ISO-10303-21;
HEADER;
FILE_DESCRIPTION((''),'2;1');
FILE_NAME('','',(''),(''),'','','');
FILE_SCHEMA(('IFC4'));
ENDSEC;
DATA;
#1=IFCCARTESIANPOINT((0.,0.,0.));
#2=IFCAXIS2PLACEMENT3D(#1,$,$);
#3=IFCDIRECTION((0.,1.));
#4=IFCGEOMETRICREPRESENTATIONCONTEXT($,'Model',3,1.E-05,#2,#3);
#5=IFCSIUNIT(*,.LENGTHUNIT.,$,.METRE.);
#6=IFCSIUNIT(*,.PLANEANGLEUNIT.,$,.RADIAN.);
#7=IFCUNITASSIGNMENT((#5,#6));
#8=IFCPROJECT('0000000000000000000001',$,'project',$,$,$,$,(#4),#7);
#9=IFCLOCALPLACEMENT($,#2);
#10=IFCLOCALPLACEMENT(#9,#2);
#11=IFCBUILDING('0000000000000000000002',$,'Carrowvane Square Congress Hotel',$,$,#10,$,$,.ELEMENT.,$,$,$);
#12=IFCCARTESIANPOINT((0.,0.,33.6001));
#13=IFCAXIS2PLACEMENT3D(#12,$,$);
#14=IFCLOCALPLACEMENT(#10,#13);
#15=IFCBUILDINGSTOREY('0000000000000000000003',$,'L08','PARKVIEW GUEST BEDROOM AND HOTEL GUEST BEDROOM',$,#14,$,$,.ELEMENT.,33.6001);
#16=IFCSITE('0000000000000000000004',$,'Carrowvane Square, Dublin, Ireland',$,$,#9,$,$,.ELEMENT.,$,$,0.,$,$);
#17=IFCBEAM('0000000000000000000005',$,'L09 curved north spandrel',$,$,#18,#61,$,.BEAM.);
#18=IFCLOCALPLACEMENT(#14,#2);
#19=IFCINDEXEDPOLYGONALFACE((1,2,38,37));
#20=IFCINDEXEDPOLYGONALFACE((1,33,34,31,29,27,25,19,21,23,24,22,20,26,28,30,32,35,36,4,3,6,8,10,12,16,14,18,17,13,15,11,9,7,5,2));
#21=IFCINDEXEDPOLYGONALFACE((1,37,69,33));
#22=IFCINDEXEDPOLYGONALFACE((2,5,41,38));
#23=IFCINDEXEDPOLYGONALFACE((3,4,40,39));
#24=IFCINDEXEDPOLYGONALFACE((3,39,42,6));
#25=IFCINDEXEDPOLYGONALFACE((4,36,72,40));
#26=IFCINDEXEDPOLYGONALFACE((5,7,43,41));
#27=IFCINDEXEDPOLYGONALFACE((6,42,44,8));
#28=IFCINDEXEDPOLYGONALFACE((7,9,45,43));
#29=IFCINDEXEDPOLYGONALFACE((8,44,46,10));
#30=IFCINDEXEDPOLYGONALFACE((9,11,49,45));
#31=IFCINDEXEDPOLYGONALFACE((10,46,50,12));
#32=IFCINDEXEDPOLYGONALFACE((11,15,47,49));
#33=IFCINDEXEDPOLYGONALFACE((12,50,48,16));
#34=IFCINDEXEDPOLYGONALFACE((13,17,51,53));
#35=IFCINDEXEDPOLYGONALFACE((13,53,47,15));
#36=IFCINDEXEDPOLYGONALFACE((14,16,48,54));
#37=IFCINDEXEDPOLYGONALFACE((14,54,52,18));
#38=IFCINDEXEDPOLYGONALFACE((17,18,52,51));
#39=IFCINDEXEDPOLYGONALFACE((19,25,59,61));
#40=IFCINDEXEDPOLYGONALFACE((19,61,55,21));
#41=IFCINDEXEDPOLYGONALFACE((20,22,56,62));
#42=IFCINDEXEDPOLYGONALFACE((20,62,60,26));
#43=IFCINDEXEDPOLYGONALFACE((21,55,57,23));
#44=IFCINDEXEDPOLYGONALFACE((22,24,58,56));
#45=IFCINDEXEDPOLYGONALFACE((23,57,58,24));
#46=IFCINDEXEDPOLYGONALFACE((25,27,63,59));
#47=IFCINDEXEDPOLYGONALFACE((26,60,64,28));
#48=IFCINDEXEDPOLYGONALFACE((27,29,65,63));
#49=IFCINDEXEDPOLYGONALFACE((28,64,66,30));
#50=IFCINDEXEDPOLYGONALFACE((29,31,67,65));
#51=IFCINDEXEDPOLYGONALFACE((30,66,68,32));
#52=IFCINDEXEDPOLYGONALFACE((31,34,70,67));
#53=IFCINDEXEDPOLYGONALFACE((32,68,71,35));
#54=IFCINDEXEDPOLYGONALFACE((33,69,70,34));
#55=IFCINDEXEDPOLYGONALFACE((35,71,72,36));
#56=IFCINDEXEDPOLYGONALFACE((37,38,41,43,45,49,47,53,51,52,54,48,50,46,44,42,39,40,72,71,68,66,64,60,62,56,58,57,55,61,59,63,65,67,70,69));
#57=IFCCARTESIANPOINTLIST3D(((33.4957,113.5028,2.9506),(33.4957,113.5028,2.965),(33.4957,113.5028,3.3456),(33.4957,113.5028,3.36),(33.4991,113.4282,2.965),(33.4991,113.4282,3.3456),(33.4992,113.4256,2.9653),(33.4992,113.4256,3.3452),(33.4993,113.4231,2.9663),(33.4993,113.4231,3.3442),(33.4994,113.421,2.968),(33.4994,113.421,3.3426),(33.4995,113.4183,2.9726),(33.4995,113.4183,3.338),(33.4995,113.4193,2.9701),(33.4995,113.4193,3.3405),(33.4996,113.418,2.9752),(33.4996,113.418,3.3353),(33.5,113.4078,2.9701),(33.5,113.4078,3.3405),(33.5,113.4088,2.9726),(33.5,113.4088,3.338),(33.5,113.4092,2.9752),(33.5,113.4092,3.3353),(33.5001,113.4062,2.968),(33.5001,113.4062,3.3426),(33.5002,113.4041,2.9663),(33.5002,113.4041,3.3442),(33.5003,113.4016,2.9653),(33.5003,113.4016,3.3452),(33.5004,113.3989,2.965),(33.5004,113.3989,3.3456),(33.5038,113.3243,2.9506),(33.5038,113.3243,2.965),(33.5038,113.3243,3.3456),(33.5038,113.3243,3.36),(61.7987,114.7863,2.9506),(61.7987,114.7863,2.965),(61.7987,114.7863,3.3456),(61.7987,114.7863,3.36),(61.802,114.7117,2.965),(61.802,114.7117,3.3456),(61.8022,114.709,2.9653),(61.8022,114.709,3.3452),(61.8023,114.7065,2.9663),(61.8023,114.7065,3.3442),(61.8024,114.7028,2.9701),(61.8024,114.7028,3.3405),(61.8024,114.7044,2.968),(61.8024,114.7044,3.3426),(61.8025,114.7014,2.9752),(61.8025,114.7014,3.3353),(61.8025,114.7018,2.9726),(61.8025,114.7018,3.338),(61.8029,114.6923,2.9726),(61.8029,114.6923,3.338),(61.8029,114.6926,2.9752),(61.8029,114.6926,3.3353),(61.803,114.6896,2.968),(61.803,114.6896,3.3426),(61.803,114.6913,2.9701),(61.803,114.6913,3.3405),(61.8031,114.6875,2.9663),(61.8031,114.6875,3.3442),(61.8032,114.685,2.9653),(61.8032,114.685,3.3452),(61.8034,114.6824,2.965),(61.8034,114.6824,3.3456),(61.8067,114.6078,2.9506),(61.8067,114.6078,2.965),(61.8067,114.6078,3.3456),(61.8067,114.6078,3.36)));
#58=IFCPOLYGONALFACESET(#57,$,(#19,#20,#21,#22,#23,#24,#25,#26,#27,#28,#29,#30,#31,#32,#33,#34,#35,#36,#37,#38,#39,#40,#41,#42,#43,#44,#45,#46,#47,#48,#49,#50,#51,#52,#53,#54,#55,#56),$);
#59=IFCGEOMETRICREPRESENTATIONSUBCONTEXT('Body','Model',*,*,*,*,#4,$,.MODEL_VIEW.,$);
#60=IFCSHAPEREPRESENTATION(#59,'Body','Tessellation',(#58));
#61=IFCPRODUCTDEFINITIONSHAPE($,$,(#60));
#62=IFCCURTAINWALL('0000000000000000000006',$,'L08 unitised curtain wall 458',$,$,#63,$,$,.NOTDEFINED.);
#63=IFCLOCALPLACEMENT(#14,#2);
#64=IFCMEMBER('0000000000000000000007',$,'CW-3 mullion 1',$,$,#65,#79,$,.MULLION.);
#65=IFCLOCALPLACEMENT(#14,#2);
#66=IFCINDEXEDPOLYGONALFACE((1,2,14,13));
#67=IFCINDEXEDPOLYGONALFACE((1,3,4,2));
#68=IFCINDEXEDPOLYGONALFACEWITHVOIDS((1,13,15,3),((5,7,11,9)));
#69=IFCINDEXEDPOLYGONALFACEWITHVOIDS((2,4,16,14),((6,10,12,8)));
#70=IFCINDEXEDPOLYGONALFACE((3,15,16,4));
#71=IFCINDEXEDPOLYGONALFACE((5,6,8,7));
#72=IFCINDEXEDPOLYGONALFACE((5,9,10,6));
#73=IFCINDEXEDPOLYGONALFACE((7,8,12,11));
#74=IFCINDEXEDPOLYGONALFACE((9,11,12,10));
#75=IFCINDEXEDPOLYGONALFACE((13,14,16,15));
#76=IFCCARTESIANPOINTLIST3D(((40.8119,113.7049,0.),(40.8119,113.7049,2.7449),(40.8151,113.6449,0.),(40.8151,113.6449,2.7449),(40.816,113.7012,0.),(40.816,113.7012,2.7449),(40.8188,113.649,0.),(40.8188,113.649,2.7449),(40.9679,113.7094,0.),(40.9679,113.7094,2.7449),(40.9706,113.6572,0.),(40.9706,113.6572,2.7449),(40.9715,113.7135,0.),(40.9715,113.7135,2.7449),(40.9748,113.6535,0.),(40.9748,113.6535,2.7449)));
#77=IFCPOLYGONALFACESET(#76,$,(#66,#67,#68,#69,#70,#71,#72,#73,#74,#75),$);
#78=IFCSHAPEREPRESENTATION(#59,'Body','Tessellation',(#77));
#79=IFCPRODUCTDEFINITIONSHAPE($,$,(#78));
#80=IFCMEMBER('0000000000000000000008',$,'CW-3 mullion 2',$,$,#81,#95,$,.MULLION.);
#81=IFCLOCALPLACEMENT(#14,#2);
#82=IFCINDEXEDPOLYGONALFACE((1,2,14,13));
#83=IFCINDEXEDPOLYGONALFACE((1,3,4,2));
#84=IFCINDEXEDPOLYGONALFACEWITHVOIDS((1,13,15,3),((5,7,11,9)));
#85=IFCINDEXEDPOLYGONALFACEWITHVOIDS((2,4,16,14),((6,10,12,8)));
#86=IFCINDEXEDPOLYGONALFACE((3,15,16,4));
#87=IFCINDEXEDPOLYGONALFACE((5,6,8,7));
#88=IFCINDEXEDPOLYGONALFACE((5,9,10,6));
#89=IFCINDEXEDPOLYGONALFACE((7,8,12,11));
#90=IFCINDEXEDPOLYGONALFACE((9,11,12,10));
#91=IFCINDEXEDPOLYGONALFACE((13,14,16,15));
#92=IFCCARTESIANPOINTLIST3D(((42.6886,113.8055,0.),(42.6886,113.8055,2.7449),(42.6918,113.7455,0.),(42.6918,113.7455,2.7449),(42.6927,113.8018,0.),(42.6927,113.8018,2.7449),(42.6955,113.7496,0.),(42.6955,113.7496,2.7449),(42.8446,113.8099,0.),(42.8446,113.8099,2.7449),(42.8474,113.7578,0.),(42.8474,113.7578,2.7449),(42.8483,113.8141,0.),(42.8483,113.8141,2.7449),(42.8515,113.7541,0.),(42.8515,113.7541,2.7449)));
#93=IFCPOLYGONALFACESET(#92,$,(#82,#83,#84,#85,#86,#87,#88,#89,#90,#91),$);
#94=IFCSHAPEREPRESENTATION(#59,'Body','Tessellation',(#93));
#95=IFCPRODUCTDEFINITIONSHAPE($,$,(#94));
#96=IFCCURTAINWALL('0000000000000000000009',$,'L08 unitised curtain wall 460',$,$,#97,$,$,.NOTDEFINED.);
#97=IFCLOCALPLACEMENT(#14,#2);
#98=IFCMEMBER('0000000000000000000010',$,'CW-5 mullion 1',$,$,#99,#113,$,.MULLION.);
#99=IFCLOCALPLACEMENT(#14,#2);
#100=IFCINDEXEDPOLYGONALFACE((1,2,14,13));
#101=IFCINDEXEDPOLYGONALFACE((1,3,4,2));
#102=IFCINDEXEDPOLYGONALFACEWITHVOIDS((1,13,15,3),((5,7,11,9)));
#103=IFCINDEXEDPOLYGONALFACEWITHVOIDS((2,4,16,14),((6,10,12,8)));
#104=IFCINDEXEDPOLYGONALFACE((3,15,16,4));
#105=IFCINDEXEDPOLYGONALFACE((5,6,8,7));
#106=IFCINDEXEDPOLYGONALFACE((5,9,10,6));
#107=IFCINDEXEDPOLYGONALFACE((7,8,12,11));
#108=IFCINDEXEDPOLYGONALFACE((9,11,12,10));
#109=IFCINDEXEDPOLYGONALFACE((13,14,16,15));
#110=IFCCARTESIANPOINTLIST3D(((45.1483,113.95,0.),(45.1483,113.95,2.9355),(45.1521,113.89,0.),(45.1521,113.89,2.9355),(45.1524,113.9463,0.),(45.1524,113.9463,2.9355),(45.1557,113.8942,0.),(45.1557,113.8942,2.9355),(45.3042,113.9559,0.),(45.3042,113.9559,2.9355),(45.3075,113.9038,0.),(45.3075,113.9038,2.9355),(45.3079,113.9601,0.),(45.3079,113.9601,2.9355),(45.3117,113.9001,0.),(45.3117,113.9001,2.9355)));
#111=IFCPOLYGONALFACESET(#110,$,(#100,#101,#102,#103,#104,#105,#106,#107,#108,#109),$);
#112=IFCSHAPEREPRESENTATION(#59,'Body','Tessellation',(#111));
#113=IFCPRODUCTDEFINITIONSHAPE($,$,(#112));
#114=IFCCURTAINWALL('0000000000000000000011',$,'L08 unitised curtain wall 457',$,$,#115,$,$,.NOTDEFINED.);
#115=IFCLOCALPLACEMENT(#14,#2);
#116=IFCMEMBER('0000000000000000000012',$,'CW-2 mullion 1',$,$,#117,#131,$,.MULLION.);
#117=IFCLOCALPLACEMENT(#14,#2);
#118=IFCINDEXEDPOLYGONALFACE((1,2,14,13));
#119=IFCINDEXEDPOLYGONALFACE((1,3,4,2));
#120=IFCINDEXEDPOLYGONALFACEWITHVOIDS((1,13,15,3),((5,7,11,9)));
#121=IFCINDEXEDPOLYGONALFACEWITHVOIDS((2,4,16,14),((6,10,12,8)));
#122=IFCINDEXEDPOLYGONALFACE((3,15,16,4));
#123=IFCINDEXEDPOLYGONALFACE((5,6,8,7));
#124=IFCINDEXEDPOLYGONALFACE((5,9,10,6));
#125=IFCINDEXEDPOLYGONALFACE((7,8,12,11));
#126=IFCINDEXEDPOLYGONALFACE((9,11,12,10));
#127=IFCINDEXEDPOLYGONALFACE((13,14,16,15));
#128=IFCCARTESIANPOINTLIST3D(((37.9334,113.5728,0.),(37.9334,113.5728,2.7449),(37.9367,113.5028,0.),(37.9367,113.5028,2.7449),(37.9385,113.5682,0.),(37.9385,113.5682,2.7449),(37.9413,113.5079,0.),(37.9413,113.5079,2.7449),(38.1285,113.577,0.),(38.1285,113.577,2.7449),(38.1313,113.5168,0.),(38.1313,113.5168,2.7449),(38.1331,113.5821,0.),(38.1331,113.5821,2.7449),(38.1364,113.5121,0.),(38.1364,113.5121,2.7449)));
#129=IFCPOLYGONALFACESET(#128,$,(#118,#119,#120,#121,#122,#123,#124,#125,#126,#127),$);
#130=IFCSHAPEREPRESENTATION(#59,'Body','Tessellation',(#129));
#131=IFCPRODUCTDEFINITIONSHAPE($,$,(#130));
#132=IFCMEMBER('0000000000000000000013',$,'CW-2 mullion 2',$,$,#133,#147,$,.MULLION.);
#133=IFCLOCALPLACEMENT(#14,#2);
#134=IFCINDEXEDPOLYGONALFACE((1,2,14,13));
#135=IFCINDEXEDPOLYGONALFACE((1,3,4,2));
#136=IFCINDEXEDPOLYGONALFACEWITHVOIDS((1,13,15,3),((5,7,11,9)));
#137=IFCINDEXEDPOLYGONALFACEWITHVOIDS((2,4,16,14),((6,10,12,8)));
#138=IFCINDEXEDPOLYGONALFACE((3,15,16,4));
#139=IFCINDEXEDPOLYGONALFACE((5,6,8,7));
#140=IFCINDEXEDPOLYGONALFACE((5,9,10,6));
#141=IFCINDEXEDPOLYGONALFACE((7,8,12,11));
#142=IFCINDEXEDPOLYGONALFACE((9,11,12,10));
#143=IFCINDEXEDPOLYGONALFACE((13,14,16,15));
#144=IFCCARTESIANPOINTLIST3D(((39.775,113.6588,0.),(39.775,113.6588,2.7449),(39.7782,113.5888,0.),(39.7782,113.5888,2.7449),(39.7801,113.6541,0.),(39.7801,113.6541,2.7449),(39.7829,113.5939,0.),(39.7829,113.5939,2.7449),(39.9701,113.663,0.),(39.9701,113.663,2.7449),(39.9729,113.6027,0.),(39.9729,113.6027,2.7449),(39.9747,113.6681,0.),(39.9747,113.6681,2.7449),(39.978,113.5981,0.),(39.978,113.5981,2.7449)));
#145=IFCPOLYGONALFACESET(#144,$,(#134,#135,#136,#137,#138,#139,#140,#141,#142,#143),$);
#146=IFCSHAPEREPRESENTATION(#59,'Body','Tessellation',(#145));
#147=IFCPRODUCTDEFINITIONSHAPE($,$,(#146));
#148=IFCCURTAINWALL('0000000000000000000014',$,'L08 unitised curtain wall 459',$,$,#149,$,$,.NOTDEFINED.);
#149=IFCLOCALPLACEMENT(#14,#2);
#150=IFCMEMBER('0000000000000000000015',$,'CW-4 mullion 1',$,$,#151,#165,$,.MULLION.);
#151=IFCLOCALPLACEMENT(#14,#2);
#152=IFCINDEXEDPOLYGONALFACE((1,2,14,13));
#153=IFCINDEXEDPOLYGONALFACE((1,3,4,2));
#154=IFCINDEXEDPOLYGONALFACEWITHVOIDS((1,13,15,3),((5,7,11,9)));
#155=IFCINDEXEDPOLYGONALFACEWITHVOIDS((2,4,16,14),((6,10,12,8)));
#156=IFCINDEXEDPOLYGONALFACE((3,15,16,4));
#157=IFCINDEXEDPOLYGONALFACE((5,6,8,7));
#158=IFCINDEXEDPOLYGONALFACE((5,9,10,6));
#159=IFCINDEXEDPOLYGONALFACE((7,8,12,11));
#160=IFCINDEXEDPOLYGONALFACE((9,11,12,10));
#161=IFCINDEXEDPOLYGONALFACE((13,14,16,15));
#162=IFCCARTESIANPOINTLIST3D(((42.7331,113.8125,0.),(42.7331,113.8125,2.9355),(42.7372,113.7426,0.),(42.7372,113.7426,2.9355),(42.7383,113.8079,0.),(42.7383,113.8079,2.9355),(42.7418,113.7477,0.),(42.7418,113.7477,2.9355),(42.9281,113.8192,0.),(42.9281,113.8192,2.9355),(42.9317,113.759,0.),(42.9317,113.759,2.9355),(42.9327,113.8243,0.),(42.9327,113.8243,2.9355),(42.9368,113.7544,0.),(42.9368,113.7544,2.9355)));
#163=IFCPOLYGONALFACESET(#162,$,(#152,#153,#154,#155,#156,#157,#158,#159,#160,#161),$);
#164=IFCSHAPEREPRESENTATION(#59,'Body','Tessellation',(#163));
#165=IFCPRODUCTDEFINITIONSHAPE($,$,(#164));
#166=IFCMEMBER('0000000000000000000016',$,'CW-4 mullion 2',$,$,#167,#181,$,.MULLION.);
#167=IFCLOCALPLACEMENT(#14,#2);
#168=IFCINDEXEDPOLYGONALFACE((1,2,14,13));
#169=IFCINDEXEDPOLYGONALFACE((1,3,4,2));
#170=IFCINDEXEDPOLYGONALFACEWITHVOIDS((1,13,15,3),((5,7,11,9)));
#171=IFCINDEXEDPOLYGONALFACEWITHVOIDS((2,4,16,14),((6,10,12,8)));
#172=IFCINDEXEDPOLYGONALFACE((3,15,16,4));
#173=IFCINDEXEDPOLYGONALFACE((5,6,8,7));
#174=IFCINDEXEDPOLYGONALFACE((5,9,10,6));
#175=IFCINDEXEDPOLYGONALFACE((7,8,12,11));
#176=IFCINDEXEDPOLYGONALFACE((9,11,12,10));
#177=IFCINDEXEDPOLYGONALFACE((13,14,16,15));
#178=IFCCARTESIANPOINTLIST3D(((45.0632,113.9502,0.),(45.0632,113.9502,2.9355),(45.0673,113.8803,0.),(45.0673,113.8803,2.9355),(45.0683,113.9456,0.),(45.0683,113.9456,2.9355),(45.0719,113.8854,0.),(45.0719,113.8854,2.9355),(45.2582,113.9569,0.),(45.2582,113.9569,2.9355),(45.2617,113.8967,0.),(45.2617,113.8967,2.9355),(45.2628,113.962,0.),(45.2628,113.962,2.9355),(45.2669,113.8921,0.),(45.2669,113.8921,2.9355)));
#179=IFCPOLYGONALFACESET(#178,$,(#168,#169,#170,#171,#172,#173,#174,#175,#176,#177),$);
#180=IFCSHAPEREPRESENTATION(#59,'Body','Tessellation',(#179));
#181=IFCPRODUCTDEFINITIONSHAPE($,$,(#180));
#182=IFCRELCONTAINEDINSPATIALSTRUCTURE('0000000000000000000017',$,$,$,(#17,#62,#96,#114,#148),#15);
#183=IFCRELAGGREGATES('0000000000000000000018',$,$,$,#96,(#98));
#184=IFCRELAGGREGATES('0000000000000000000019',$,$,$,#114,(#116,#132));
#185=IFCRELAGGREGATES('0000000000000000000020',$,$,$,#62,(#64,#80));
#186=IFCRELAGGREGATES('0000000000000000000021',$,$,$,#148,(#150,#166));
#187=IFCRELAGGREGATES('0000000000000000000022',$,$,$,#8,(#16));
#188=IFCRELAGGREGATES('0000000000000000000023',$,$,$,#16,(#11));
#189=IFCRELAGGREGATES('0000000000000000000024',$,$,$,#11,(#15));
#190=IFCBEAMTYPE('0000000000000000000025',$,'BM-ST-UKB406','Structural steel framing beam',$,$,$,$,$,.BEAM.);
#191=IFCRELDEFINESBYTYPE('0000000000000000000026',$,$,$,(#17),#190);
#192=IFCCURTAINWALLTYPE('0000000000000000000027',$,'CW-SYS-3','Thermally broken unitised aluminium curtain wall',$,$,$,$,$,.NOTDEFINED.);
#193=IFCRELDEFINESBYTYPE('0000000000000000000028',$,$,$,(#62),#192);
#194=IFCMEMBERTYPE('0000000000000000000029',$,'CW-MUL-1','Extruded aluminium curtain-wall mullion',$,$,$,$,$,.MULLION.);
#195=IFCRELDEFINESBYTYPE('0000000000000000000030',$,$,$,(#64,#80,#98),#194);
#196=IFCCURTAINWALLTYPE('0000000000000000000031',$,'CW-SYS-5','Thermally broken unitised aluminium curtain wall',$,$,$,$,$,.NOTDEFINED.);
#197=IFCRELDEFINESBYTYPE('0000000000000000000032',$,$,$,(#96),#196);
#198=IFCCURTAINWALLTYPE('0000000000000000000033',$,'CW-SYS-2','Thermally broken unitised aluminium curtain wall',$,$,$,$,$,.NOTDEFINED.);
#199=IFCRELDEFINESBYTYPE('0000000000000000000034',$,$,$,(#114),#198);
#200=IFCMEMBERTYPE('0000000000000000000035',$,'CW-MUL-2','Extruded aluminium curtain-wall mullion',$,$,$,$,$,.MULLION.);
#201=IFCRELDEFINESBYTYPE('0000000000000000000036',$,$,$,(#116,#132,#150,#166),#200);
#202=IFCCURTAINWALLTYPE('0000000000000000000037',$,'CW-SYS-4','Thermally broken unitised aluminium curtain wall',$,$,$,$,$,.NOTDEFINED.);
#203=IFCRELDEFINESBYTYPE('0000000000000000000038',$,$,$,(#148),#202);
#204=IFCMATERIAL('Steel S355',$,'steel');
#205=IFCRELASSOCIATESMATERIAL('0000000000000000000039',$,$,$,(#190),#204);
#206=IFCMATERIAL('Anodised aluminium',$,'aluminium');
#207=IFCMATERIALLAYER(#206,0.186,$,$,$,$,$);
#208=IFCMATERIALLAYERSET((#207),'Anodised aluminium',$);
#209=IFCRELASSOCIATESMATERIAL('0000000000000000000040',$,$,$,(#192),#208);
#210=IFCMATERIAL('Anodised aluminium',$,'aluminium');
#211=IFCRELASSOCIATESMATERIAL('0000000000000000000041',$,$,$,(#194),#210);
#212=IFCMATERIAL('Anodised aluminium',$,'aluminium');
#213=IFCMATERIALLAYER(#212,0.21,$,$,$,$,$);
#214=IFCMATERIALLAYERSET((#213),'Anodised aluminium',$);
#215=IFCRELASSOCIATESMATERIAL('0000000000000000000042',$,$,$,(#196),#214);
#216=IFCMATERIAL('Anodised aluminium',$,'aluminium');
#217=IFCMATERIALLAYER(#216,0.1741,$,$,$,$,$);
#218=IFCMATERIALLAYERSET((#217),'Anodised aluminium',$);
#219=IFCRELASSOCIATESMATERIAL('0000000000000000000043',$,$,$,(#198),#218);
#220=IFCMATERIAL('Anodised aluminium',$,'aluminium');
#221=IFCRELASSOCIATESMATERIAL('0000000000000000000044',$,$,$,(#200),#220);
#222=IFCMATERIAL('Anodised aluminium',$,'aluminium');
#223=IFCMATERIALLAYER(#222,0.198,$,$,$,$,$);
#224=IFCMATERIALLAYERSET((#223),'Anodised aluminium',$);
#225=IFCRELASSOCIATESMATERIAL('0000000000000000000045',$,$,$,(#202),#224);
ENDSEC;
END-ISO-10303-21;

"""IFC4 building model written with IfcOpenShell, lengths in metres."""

from ifc_helpers import new_model, si_unit, direction, frame, origin, origin_2d, place, context, subcontext, project, spatial, hollow_rectangle, i_section, extrude, material, layer, layer_set, material_profile, profile_set, type_object, element, aggregate, save


model = new_model("IFC4")

# Units and contexts
model_context = context("Model", 3, precision=1e-05, world=origin(), true_north=direction((0.0, 1.0)))
body_context = subcontext(model_context, "Body", "Model", "MODEL_VIEW")
ifc_project = project(units=[si_unit("LENGTHUNIT", "METRE"), si_unit("PLANEANGLEUNIT", "RADIAN")], contexts=[model_context])

# Site, building, storey
site_placement = place(None, origin())
site = spatial("IfcSite", under=ifc_project, at=site_placement, Name="Carrowvane Square, Dublin, Ireland", CompositionType="ELEMENT", RefElevation=0.0)
building_placement = place(site_placement, origin())
building = spatial("IfcBuilding", under=site, at=building_placement, Name="Carrowvane Square Congress Hotel", CompositionType="ELEMENT")
storey_placement = place(building_placement, frame((0.0, 0.0, 33.6001)))
storey = spatial("IfcBuildingStorey", under=building, at=storey_placement, Name="L08", Description="PARKVIEW GUEST BEDROOM AND HOTEL GUEST BEDROOM", CompositionType="ELEMENT", Elevation=33.6001)

# Beam
ifc_material_1 = material(Name="Steel S355", Category="steel")
ifc_material_profile_1 = material_profile(ifc_material_1, i_section(OverallWidth=0.1787, OverallDepth=0.4094, WebThickness=0.0088, FlangeThickness=0.0144, FilletRadius=0.0103, at=origin_2d()), Name="UKB 406x178x67")
ifc_profile_set_1 = profile_set([ifc_material_profile_1], Name="Steel S355")
beam_type = type_object("IfcBeamType", Name="BM-ST-UKB406", Description="Structural steel framing beam", PredefinedType="BEAM", material=ifc_profile_set_1)
beam_placement = place(storey_placement, frame((33.4998, 113.4136, 3.1553), z_axis=(0.998973, 0.0453, 0.0), x_axis=(-0.0453, 0.998973, 0.0)))
element("IfcBeam", 1, at=beam_placement, inside=storey, type_object=beam_type, Name="L09 curved north spandrel", PredefinedType="BEAM", context=body_context, shape_type="SweptSolid", body=[
    extrude(i_section(OverallWidth=0.1787, OverallDepth=0.4094, WebThickness=0.0088, FlangeThickness=0.0144, FilletRadius=0.0103, at=origin_2d()), origin(), (0.0, 0.0, 1.0), 28.332),
])

# Curtain wall, members
ifc_material_2 = material(Name="Anodised aluminium", Category="aluminium")
ifc_layer_1 = layer(ifc_material_2, 0.186)
ifc_layer_set_1 = layer_set([ifc_layer_1], Name="Anodised aluminium")
curtain_wall_type_1 = type_object("IfcCurtainWallType", Name="CW-SYS-3", Description="Thermally broken unitised aluminium curtain wall", PredefinedType="NOTDEFINED", material=ifc_layer_set_1)
curtain_wall_1_placement = place(storey_placement, origin())
curtain_wall_1 = element("IfcCurtainWall", 2, at=curtain_wall_1_placement, inside=storey, type_object=curtain_wall_type_1, Name="L08 unitised curtain wall 458", PredefinedType="NOTDEFINED")
ifc_material_3 = material(Name="Anodised aluminium", Category="aluminium")
ifc_material_profile_2 = material_profile(ifc_material_3, hollow_rectangle(XDim=0.0601, YDim=0.1599, WallThickness=0.0039, at=origin_2d()), Name="CW-ML 60x160x4")
ifc_profile_set_2 = profile_set([ifc_material_profile_2], Name="Anodised aluminium")
member_type_1 = type_object("IfcMemberType", Name="CW-MUL-1", Description="Extruded aluminium curtain-wall mullion", PredefinedType="MULLION", material=ifc_profile_set_2)
member_1_placement = place(storey_placement, frame((40.8933, 113.6792, 0.0), z_axis=(0.0, 0.0, 1.0), x_axis=(-0.053514, 0.998567, 0.0)))
member_1 = element("IfcMember", 3, at=member_1_placement, type_object=member_type_1, Name="CW-3 mullion 1", PredefinedType="MULLION", context=body_context, shape_type="SweptSolid", body=[
    extrude(hollow_rectangle(XDim=0.0601, YDim=0.1599, WallThickness=0.0039, at=origin_2d()), origin(), (0.0, 0.0, 1.0), 2.7449),
])
member_2_placement = place(storey_placement, frame((42.77, 113.7798, 0.0), z_axis=(0.0, 0.0, 1.0), x_axis=(-0.053514, 0.998567, 0.0)))
member_2 = element("IfcMember", 4, at=member_2_placement, type_object=member_type_1, Name="CW-3 mullion 2", PredefinedType="MULLION", context=body_context, shape_type="SweptSolid", body=[
    extrude(hollow_rectangle(XDim=0.0601, YDim=0.1599, WallThickness=0.0039, at=origin_2d()), origin(), (0.0, 0.0, 1.0), 2.7449),
])

# Curtain wall, member
ifc_material_4 = material(Name="Anodised aluminium", Category="aluminium")
ifc_layer_2 = layer(ifc_material_4, 0.21)
ifc_layer_set_2 = layer_set([ifc_layer_2], Name="Anodised aluminium")
curtain_wall_type_2 = type_object("IfcCurtainWallType", Name="CW-SYS-5", Description="Thermally broken unitised aluminium curtain wall", PredefinedType="NOTDEFINED", material=ifc_layer_set_2)
curtain_wall_2_placement = place(storey_placement, origin())
curtain_wall_2 = element("IfcCurtainWall", 5, at=curtain_wall_2_placement, inside=storey, type_object=curtain_wall_type_2, Name="L08 unitised curtain wall 460", PredefinedType="NOTDEFINED")
member_3_placement = place(storey_placement, frame((45.23, 113.925, 0.0), z_axis=(0.0, 0.0, 1.0), x_axis=(-0.063273, 0.997996, 0.0)))
member_3 = element("IfcMember", 6, at=member_3_placement, type_object=member_type_1, Name="CW-5 mullion 1", PredefinedType="MULLION", context=body_context, shape_type="SweptSolid", body=[
    extrude(hollow_rectangle(XDim=0.0601, YDim=0.1599, WallThickness=0.0039, at=origin_2d()), origin(), (0.0, 0.0, 1.0), 2.9355),
])

# Curtain walls, members
ifc_material_5 = material(Name="Anodised aluminium", Category="aluminium")
ifc_layer_3 = layer(ifc_material_5, 0.1741)
ifc_layer_set_3 = layer_set([ifc_layer_3], Name="Anodised aluminium")
curtain_wall_type_3 = type_object("IfcCurtainWallType", Name="CW-SYS-2", Description="Thermally broken unitised aluminium curtain wall", PredefinedType="NOTDEFINED", material=ifc_layer_set_3)
curtain_wall_3_placement = place(storey_placement, origin())
curtain_wall_3 = element("IfcCurtainWall", 7, at=curtain_wall_3_placement, inside=storey, type_object=curtain_wall_type_3, Name="L08 unitised curtain wall 457", PredefinedType="NOTDEFINED")
ifc_material_6 = material(Name="Anodised aluminium", Category="aluminium")
ifc_material_profile_3 = material_profile(ifc_material_6, hollow_rectangle(XDim=0.0701, YDim=0.2, WallThickness=0.0049, at=origin_2d()), Name="CW-ML 70x200x5")
ifc_profile_set_3 = profile_set([ifc_material_profile_3], Name="Anodised aluminium")
member_type_2 = type_object("IfcMemberType", Name="CW-MUL-2", Description="Extruded aluminium curtain-wall mullion", PredefinedType="MULLION", material=ifc_profile_set_3)
member_4_placement = place(storey_placement, frame((38.0349, 113.5425, 0.0), z_axis=(0.0, 0.0, 1.0), x_axis=(-0.046522, 0.998917, 0.0)))
member_4 = element("IfcMember", 8, at=member_4_placement, type_object=member_type_2, Name="CW-2 mullion 1", PredefinedType="MULLION", context=body_context, shape_type="SweptSolid", body=[
    extrude(hollow_rectangle(XDim=0.0701, YDim=0.2, WallThickness=0.0049, at=origin_2d()), origin(), (0.0, 0.0, 1.0), 2.7449),
])
member_5_placement = place(storey_placement, frame((39.8765, 113.6284, 0.0), z_axis=(0.0, 0.0, 1.0), x_axis=(-0.046522, 0.998917, 0.0)))
member_5 = element("IfcMember", 9, at=member_5_placement, type_object=member_type_2, Name="CW-2 mullion 2", PredefinedType="MULLION", context=body_context, shape_type="SweptSolid", body=[
    extrude(hollow_rectangle(XDim=0.0701, YDim=0.2, WallThickness=0.0049, at=origin_2d()), origin(), (0.0, 0.0, 1.0), 2.7449),
])
ifc_material_7 = material(Name="Anodised aluminium", Category="aluminium")
ifc_layer_4 = layer(ifc_material_7, 0.198)
ifc_layer_set_4 = layer_set([ifc_layer_4], Name="Anodised aluminium")
curtain_wall_type_4 = type_object("IfcCurtainWallType", Name="CW-SYS-4", Description="Thermally broken unitised aluminium curtain wall", PredefinedType="NOTDEFINED", material=ifc_layer_set_4)
curtain_wall_4_placement = place(storey_placement, origin())
curtain_wall_4 = element("IfcCurtainWall", 10, at=curtain_wall_4_placement, inside=storey, type_object=curtain_wall_type_4, Name="L08 unitised curtain wall 459", PredefinedType="NOTDEFINED")
member_6_placement = place(storey_placement, frame((42.835, 113.7834, 0.0), z_axis=(0.0, 0.0, 1.0), x_axis=(-0.058989, 0.998259, 0.0)))
member_6 = element("IfcMember", 11, at=member_6_placement, type_object=member_type_2, Name="CW-4 mullion 1", PredefinedType="MULLION", context=body_context, shape_type="SweptSolid", body=[
    extrude(hollow_rectangle(XDim=0.0701, YDim=0.2, WallThickness=0.0049, at=origin_2d()), origin(), (0.0, 0.0, 1.0), 2.9355),
])
member_7_placement = place(storey_placement, frame((45.165, 113.9211, 0.0), z_axis=(0.0, 0.0, 1.0), x_axis=(-0.058989, 0.998259, 0.0)))
member_7 = element("IfcMember", 12, at=member_7_placement, type_object=member_type_2, Name="CW-4 mullion 2", PredefinedType="MULLION", context=body_context, shape_type="SweptSolid", body=[
    extrude(hollow_rectangle(XDim=0.0701, YDim=0.2, WallThickness=0.0049, at=origin_2d()), origin(), (0.0, 0.0, 1.0), 2.9355),
])

aggregate(curtain_wall_2, [member_3])
aggregate(curtain_wall_3, [member_4, member_5])
aggregate(curtain_wall_1, [member_1, member_2])
aggregate(curtain_wall_4, [member_6, member_7])

save(model, "model.ifc")
